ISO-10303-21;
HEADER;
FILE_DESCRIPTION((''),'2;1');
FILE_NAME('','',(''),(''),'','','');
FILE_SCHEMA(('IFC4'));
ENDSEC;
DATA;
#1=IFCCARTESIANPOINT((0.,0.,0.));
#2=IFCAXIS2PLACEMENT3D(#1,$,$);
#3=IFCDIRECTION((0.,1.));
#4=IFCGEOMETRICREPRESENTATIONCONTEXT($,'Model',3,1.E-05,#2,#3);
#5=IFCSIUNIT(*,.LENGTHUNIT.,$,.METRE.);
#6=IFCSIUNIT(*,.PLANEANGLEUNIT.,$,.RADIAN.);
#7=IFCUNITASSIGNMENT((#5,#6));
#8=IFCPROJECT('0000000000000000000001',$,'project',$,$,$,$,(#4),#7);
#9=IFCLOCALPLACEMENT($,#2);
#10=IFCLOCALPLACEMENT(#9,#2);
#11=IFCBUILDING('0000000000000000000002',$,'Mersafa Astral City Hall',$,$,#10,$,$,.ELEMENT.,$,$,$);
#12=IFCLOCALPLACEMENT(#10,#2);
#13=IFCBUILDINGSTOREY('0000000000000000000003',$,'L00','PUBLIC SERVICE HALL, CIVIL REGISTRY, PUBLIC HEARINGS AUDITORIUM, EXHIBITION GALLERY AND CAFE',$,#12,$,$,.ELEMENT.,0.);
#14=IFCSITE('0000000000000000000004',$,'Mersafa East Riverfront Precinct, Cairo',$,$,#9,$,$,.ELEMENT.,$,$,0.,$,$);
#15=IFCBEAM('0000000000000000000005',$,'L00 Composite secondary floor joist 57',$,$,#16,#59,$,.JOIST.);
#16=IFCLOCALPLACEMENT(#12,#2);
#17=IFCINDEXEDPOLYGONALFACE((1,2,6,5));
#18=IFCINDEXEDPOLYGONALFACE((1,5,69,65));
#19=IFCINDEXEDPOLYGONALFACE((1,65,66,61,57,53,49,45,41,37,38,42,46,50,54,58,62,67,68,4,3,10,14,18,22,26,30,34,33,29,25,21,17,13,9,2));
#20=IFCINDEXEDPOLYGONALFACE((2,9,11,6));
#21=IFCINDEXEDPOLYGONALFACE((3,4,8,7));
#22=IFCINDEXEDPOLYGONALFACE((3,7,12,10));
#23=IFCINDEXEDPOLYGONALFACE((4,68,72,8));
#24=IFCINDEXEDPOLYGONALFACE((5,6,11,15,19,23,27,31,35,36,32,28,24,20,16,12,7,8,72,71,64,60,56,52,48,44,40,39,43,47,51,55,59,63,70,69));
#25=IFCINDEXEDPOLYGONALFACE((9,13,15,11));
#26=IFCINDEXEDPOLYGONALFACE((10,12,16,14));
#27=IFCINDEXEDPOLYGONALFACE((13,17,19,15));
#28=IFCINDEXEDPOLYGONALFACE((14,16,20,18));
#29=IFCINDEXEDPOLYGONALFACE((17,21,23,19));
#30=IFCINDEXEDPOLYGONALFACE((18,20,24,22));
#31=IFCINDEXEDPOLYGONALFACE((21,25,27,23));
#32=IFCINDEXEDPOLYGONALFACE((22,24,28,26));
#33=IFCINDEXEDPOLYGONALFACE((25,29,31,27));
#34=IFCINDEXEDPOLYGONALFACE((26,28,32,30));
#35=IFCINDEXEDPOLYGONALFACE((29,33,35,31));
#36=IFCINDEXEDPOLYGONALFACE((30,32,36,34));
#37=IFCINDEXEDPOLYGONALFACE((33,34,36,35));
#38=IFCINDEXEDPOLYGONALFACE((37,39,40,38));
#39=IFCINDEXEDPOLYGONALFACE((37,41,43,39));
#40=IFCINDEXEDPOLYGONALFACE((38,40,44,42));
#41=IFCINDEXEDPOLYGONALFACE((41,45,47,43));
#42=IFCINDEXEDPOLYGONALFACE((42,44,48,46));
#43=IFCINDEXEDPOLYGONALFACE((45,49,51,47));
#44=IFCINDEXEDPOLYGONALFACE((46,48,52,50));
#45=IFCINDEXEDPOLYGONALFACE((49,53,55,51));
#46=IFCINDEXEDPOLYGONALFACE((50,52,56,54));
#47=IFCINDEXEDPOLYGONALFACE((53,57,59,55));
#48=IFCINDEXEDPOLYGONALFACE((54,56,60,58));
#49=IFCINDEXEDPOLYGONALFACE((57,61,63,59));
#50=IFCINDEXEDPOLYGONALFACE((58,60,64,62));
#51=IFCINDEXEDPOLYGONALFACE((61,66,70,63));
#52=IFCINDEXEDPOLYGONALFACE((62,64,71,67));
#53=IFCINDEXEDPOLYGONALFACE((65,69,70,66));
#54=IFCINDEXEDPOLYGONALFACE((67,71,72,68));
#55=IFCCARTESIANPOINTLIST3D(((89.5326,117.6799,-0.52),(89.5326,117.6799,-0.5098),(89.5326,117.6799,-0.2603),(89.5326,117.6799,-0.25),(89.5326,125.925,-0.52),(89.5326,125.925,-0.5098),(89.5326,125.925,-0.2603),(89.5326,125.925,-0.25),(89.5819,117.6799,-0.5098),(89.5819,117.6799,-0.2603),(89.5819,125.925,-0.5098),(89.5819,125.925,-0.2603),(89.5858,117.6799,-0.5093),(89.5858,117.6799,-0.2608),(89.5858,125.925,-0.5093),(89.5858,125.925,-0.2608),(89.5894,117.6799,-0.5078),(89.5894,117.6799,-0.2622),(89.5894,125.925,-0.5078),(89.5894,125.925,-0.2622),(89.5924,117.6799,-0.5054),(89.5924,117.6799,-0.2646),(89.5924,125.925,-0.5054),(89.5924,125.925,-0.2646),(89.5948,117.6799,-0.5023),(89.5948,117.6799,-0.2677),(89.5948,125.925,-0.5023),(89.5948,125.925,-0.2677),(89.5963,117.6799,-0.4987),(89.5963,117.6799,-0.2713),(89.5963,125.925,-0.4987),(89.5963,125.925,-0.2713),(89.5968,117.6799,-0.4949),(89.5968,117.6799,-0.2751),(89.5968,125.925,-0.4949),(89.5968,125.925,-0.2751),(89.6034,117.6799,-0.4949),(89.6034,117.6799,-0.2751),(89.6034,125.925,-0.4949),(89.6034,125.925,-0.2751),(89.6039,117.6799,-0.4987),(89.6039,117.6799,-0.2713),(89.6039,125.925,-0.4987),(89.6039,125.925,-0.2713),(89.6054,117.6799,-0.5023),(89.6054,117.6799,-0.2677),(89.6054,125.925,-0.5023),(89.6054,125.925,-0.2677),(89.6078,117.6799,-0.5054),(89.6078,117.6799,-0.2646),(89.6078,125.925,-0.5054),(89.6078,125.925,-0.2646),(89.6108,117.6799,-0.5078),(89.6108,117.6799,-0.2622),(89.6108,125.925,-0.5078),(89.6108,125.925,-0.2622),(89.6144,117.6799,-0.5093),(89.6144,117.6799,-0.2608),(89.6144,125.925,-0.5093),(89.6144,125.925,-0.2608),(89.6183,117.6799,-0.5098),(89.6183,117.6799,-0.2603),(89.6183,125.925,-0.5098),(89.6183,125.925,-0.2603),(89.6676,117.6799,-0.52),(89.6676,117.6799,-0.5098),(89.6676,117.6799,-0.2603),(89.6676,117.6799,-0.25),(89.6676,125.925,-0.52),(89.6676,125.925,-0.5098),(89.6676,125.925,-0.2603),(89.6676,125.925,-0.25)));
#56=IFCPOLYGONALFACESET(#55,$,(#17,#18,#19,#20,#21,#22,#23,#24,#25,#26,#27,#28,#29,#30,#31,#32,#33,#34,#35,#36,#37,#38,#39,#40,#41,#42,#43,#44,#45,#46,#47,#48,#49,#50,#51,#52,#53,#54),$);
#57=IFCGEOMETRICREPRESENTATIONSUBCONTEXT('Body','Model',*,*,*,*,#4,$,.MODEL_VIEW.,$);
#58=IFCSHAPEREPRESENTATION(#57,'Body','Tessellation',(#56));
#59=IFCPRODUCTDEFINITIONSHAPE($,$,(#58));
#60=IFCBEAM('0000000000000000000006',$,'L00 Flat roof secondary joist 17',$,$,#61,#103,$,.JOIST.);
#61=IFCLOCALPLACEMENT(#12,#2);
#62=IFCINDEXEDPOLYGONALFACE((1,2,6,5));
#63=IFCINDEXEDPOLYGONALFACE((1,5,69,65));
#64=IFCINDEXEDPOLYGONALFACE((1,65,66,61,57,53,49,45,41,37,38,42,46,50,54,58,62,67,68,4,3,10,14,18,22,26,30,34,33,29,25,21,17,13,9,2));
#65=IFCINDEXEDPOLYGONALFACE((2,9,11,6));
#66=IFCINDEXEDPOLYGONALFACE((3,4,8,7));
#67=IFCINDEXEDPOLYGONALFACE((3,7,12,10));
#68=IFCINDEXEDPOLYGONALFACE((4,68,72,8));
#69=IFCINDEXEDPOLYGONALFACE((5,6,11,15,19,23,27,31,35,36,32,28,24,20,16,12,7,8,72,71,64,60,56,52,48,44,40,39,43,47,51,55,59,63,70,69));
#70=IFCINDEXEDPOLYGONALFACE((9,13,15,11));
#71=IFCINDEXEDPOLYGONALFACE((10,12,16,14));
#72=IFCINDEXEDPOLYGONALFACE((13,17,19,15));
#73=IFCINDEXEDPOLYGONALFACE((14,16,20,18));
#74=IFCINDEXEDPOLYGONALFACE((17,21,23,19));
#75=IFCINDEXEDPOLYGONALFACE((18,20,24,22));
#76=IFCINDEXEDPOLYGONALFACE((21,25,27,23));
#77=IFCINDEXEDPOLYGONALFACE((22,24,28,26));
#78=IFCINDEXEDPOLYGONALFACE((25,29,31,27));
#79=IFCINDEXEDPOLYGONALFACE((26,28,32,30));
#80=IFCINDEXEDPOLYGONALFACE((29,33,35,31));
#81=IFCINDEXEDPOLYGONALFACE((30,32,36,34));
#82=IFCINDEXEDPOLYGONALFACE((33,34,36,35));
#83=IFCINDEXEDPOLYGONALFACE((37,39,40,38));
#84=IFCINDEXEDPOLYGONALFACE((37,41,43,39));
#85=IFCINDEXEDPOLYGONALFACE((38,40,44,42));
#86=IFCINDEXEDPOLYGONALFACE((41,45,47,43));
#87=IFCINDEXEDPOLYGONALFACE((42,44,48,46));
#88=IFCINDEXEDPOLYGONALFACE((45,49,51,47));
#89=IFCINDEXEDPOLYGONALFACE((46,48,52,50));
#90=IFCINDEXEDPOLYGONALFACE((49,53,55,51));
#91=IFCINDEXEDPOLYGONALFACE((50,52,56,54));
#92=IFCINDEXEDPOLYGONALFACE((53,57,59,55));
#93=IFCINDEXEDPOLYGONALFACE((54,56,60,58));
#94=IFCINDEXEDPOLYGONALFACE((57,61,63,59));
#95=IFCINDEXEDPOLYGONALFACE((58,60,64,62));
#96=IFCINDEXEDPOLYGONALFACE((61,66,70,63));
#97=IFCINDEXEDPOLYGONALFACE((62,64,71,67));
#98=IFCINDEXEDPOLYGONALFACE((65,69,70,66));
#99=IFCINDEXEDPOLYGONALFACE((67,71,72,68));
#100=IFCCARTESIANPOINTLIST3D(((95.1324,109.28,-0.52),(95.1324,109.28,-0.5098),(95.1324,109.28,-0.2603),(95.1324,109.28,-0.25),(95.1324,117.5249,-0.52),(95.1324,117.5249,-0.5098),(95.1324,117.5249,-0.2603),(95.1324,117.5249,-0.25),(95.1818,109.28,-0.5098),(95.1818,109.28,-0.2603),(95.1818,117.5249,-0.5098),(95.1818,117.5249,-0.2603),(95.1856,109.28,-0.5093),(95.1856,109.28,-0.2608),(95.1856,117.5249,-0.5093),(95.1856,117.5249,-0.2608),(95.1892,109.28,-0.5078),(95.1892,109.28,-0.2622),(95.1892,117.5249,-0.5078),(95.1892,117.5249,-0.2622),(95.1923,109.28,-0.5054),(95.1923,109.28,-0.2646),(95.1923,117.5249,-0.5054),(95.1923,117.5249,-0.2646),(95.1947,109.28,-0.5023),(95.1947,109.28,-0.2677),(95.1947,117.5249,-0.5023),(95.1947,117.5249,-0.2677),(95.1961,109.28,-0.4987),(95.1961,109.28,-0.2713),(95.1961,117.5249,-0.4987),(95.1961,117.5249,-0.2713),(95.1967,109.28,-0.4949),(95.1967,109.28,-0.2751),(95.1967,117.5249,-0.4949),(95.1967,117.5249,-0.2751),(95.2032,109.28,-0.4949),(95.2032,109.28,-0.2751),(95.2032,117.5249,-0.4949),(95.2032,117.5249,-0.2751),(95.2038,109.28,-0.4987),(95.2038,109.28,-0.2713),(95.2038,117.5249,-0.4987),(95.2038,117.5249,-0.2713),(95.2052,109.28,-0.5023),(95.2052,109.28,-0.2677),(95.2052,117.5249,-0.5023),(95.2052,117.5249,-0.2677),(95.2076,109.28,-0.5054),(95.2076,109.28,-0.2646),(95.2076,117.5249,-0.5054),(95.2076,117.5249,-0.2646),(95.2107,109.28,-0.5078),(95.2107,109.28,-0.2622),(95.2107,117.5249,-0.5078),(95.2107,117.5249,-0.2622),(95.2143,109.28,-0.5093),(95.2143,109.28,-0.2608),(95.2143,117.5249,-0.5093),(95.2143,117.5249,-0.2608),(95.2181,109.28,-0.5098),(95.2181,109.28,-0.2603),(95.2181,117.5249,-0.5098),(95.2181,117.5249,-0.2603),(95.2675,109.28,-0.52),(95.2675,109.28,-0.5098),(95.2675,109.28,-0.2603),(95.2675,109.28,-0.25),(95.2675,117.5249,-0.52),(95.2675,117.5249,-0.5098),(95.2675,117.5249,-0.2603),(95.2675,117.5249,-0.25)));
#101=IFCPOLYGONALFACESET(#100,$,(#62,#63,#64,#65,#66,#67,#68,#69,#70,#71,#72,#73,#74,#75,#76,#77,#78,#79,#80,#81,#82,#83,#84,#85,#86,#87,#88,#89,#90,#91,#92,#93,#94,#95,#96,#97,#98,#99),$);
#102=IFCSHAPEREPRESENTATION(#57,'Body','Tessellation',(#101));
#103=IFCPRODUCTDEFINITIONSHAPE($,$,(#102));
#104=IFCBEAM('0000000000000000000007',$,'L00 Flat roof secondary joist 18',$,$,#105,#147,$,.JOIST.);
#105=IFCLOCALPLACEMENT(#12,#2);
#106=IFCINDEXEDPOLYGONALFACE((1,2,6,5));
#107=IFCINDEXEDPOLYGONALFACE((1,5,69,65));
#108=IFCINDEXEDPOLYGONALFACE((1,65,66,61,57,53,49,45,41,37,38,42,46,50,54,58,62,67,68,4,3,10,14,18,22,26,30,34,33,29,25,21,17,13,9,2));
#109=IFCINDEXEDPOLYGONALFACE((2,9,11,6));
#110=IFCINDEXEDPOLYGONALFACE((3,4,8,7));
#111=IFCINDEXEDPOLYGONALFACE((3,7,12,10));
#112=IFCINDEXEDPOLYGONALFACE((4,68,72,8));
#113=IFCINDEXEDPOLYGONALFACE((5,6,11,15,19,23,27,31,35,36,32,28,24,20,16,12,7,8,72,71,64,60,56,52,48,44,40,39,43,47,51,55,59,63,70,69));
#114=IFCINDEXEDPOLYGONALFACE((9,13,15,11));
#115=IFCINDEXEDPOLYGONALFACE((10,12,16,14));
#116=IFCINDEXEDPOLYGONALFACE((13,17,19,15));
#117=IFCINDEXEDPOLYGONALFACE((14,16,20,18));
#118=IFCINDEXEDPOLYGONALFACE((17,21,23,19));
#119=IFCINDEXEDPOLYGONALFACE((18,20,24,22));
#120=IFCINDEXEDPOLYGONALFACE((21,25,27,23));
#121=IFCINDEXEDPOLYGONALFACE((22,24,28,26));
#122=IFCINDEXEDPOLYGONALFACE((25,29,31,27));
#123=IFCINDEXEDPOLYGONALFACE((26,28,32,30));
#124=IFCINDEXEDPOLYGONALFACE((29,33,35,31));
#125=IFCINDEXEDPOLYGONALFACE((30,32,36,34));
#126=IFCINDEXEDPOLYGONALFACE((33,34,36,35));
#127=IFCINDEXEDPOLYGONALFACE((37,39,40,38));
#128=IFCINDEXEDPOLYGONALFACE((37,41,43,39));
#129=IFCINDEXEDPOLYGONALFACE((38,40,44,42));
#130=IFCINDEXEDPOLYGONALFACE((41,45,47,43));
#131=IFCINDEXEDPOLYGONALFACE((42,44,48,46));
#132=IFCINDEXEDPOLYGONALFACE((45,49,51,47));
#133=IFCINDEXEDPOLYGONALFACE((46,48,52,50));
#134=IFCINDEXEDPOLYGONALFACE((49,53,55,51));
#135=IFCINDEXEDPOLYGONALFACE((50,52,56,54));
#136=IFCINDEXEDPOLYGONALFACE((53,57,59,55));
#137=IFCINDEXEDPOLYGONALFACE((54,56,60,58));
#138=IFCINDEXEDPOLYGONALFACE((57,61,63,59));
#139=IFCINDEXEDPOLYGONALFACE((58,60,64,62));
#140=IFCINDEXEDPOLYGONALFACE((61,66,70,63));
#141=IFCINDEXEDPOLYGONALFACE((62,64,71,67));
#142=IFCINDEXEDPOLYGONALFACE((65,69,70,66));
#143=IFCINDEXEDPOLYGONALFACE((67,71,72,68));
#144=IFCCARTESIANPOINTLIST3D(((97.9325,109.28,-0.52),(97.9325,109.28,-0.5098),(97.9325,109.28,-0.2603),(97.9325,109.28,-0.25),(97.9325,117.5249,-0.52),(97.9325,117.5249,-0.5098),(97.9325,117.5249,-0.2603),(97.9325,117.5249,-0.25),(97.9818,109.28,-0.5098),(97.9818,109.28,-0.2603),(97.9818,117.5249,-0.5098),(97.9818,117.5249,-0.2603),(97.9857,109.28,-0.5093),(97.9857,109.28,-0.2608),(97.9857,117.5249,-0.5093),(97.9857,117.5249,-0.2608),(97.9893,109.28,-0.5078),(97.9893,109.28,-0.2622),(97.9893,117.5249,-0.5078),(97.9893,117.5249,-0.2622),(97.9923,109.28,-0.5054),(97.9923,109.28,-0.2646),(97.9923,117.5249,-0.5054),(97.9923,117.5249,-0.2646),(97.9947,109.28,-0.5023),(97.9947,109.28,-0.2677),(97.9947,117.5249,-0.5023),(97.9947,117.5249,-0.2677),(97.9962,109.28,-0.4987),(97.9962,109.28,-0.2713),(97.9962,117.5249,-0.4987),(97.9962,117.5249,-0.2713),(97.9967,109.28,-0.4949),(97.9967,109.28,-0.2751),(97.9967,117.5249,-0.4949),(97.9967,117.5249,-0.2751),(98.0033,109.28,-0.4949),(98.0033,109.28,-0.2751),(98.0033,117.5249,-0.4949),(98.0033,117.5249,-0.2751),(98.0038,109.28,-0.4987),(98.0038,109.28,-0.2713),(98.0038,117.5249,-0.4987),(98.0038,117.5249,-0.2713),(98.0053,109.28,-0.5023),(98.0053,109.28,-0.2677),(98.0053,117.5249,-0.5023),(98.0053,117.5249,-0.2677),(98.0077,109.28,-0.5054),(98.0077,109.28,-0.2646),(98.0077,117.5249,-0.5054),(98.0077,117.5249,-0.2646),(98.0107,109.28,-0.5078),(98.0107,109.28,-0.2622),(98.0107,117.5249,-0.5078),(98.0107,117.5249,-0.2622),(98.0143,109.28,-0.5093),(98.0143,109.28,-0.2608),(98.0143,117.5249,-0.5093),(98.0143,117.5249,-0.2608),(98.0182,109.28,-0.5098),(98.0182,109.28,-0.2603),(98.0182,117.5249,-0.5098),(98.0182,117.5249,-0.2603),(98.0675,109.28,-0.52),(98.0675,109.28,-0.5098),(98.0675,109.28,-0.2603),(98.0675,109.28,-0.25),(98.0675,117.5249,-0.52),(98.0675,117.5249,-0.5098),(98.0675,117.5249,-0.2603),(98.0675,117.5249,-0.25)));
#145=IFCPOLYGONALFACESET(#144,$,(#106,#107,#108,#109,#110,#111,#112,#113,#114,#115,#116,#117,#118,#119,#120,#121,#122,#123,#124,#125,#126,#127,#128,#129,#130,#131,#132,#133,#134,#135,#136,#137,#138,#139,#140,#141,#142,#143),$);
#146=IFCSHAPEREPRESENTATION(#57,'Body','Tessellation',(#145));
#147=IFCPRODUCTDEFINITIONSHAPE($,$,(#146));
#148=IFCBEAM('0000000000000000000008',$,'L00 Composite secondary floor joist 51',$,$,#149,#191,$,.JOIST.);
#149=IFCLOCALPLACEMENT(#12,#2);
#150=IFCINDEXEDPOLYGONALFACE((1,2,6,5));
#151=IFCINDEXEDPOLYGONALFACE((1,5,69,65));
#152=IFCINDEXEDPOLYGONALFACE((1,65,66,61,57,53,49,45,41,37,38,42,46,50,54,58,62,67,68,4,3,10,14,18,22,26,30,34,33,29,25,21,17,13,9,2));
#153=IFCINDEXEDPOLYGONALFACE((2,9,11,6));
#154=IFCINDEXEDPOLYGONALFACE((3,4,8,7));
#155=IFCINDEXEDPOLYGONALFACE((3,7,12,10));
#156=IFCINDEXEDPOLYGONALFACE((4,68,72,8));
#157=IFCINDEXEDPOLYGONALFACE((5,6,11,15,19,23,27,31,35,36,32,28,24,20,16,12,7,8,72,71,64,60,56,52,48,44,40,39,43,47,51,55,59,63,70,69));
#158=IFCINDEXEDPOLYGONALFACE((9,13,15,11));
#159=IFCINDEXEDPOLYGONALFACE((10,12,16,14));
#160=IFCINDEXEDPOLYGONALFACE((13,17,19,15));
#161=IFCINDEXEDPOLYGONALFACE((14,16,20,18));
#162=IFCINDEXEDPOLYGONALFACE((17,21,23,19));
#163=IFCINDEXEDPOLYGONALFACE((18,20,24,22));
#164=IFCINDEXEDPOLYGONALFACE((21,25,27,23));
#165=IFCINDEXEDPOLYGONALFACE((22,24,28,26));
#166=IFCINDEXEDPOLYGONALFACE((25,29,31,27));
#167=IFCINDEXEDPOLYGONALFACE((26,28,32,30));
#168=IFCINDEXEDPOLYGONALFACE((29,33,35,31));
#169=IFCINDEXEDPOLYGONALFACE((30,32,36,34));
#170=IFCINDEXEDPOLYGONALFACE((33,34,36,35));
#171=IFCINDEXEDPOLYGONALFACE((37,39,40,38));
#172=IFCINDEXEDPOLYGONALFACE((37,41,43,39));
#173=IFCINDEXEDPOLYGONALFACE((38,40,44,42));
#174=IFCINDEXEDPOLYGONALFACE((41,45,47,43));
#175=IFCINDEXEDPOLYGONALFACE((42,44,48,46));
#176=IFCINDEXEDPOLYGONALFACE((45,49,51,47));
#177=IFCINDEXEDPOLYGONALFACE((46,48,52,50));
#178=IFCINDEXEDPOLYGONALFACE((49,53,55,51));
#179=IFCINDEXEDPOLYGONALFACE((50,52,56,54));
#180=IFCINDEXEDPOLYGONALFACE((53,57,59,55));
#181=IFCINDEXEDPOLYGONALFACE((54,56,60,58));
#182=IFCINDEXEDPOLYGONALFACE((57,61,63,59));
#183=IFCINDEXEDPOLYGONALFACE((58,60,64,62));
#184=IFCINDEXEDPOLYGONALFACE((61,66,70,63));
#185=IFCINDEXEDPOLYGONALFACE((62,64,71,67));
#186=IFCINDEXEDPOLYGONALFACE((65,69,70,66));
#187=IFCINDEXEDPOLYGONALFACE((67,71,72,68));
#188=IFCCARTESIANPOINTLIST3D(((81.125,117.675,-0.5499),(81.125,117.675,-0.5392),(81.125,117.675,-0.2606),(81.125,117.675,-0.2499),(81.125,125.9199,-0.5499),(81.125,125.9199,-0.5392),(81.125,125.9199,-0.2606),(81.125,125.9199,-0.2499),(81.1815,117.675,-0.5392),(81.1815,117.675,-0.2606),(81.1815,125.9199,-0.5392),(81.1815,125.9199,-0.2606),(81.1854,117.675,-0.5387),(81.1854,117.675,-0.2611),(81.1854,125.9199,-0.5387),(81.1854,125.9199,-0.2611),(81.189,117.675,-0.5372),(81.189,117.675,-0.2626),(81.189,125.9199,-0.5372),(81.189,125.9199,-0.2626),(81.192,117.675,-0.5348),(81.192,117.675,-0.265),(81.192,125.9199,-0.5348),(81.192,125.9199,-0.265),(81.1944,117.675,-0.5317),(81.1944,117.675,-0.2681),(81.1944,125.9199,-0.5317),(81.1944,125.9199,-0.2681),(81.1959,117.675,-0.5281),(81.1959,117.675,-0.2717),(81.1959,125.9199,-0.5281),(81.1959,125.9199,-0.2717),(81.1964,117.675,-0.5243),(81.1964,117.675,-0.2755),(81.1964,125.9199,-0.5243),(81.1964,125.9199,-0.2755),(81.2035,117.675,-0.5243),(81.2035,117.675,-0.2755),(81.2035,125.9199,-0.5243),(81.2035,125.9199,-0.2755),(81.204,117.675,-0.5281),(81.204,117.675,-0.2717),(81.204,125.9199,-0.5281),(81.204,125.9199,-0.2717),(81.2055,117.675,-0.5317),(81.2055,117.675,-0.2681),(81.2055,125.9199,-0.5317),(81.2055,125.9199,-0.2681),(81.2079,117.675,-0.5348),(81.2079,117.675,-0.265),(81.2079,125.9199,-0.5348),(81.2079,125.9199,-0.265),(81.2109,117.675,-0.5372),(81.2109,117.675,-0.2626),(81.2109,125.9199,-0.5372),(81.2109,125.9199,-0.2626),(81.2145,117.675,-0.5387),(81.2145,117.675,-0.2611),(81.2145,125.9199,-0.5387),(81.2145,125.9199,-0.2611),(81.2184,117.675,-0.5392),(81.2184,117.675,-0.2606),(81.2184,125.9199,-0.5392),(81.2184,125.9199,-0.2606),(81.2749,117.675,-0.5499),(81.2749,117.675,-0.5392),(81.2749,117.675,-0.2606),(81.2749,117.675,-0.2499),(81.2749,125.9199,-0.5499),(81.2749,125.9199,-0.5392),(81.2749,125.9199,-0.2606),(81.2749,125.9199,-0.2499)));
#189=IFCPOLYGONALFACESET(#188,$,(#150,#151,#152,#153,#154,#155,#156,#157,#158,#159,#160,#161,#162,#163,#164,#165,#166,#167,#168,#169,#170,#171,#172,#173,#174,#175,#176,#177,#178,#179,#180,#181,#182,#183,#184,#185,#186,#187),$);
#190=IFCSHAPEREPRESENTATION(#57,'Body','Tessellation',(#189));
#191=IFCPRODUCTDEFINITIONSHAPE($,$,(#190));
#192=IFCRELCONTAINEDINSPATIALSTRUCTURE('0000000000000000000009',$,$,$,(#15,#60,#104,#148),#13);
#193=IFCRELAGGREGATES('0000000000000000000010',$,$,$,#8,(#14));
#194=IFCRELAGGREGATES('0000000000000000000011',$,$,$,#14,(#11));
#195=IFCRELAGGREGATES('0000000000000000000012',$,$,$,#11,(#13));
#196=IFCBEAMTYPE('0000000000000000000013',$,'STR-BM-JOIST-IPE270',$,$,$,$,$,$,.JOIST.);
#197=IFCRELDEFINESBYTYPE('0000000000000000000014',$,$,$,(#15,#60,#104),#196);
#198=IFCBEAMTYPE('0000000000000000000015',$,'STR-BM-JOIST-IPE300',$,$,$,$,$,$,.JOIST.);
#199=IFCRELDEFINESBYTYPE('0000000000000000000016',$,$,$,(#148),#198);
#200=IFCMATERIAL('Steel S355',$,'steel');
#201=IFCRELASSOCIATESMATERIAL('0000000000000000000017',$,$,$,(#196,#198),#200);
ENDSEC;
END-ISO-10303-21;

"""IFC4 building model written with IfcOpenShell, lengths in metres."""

from ifc_helpers import new_model, si_unit, direction, frame, origin, origin_2d, place, context, subcontext, project, spatial, i_section, extrude, material, material_profile, profile_set, type_object, element, save


model = new_model("IFC4")

# Units and contexts
model_context = context("Model", 3, precision=1e-05, world=origin(), true_north=direction((0.0, 1.0)))
body_context = subcontext(model_context, "Body", "Model", "MODEL_VIEW")
ifc_project = project(units=[si_unit("LENGTHUNIT", "METRE"), si_unit("PLANEANGLEUNIT", "RADIAN")], contexts=[model_context])

# Site, building, storey
site_placement = place(None, origin())
site = spatial("IfcSite", under=ifc_project, at=site_placement, Name="Mersafa East Riverfront Precinct, Cairo", CompositionType="ELEMENT", RefElevation=0.0)
building_placement = place(site_placement, origin())
building = spatial("IfcBuilding", under=site, at=building_placement, Name="Mersafa Astral City Hall", CompositionType="ELEMENT")
storey_placement = place(building_placement, origin())
storey = spatial("IfcBuildingStorey", under=building, at=storey_placement, Name="L00", Description="PUBLIC SERVICE HALL, CIVIL REGISTRY, PUBLIC HEARINGS AUDITORIUM, EXHIBITION GALLERY AND CAFE", CompositionType="ELEMENT", Elevation=0.0)

# Shared definitions
ifc_material_1 = material(Name="Steel S355", Category="steel")

# Beams
ifc_material_profile_1 = material_profile(ifc_material_1, i_section(OverallWidth=0.135, OverallDepth=0.27, WebThickness=0.0066, FlangeThickness=0.0103, FilletRadius=0.0149, at=origin_2d()), Name="IPE 270")
ifc_profile_set_1 = profile_set([ifc_material_profile_1], Name="Steel S355")
beam_type_1 = type_object("IfcBeamType", Name="STR-BM-JOIST-IPE270", PredefinedType="JOIST", material=ifc_profile_set_1)
for number, where, z_axis, x_axis, name in (
    (1, (89.6001, 117.6799, -0.385), (0.0, 1.0, 0.0), (-1.0, 0.0, 0.0), "L00 Composite secondary floor joist 57"),
):
    element("IfcBeam", number, at=place(storey_placement, frame(where, z_axis=z_axis, x_axis=x_axis)), inside=storey, type_object=beam_type_1, Name=name, PredefinedType="JOIST", context=body_context, shape_type="SweptSolid", body=[
        extrude(i_section(OverallWidth=0.135, OverallDepth=0.27, WebThickness=0.0066, FlangeThickness=0.0103, FilletRadius=0.0149, at=origin_2d()), origin(), (0.0, 0.0, 1.0), 8.2451),
    ])
for number, where, z_axis, x_axis, name in (
    (2, (95.2, 109.28, -0.385), (0.0, 1.0, 0.0), (-1.0, 0.0, 0.0), "L00 Flat roof secondary joist 17"),
    (3, (98.0, 109.28, -0.385), (0.0, 1.0, 0.0), (-1.0, 0.0, 0.0), "L00 Flat roof secondary joist 18"),
):
    element("IfcBeam", number, at=place(storey_placement, frame(where, z_axis=z_axis, x_axis=x_axis)), inside=storey, type_object=beam_type_1, Name=name, PredefinedType="JOIST", context=body_context, shape_type="SweptSolid", body=[
        extrude(i_section(OverallWidth=0.135, OverallDepth=0.27, WebThickness=0.0066, FlangeThickness=0.0103, FilletRadius=0.0149, at=origin_2d()), origin(), (0.0, 0.0, 1.0), 8.2449),
    ])
ifc_material_profile_2 = material_profile(ifc_material_1, i_section(OverallWidth=0.1499, OverallDepth=0.3, WebThickness=0.0071, FlangeThickness=0.0107, FilletRadius=0.0149, at=origin_2d()), Name="IPE 300")
ifc_profile_set_2 = profile_set([ifc_material_profile_2], Name="Steel S355")
beam_type_2 = type_object("IfcBeamType", Name="STR-BM-JOIST-IPE300", PredefinedType="JOIST", material=ifc_profile_set_2)
beam_1_placement = place(storey_placement, frame((81.2, 117.675, -0.3999), z_axis=(0.0, 1.0, 0.0), x_axis=(-1.0, 0.0, 0.0)))
element("IfcBeam", 4, at=beam_1_placement, inside=storey, type_object=beam_type_2, Name="L00 Composite secondary floor joist 51", PredefinedType="JOIST", context=body_context, shape_type="SweptSolid", body=[
    extrude(i_section(OverallWidth=0.1499, OverallDepth=0.3, WebThickness=0.0071, FlangeThickness=0.0107, FilletRadius=0.0149, at=origin_2d()), origin(), (0.0, 0.0, 1.0), 8.2449),
])

save(model, "model.ifc")
